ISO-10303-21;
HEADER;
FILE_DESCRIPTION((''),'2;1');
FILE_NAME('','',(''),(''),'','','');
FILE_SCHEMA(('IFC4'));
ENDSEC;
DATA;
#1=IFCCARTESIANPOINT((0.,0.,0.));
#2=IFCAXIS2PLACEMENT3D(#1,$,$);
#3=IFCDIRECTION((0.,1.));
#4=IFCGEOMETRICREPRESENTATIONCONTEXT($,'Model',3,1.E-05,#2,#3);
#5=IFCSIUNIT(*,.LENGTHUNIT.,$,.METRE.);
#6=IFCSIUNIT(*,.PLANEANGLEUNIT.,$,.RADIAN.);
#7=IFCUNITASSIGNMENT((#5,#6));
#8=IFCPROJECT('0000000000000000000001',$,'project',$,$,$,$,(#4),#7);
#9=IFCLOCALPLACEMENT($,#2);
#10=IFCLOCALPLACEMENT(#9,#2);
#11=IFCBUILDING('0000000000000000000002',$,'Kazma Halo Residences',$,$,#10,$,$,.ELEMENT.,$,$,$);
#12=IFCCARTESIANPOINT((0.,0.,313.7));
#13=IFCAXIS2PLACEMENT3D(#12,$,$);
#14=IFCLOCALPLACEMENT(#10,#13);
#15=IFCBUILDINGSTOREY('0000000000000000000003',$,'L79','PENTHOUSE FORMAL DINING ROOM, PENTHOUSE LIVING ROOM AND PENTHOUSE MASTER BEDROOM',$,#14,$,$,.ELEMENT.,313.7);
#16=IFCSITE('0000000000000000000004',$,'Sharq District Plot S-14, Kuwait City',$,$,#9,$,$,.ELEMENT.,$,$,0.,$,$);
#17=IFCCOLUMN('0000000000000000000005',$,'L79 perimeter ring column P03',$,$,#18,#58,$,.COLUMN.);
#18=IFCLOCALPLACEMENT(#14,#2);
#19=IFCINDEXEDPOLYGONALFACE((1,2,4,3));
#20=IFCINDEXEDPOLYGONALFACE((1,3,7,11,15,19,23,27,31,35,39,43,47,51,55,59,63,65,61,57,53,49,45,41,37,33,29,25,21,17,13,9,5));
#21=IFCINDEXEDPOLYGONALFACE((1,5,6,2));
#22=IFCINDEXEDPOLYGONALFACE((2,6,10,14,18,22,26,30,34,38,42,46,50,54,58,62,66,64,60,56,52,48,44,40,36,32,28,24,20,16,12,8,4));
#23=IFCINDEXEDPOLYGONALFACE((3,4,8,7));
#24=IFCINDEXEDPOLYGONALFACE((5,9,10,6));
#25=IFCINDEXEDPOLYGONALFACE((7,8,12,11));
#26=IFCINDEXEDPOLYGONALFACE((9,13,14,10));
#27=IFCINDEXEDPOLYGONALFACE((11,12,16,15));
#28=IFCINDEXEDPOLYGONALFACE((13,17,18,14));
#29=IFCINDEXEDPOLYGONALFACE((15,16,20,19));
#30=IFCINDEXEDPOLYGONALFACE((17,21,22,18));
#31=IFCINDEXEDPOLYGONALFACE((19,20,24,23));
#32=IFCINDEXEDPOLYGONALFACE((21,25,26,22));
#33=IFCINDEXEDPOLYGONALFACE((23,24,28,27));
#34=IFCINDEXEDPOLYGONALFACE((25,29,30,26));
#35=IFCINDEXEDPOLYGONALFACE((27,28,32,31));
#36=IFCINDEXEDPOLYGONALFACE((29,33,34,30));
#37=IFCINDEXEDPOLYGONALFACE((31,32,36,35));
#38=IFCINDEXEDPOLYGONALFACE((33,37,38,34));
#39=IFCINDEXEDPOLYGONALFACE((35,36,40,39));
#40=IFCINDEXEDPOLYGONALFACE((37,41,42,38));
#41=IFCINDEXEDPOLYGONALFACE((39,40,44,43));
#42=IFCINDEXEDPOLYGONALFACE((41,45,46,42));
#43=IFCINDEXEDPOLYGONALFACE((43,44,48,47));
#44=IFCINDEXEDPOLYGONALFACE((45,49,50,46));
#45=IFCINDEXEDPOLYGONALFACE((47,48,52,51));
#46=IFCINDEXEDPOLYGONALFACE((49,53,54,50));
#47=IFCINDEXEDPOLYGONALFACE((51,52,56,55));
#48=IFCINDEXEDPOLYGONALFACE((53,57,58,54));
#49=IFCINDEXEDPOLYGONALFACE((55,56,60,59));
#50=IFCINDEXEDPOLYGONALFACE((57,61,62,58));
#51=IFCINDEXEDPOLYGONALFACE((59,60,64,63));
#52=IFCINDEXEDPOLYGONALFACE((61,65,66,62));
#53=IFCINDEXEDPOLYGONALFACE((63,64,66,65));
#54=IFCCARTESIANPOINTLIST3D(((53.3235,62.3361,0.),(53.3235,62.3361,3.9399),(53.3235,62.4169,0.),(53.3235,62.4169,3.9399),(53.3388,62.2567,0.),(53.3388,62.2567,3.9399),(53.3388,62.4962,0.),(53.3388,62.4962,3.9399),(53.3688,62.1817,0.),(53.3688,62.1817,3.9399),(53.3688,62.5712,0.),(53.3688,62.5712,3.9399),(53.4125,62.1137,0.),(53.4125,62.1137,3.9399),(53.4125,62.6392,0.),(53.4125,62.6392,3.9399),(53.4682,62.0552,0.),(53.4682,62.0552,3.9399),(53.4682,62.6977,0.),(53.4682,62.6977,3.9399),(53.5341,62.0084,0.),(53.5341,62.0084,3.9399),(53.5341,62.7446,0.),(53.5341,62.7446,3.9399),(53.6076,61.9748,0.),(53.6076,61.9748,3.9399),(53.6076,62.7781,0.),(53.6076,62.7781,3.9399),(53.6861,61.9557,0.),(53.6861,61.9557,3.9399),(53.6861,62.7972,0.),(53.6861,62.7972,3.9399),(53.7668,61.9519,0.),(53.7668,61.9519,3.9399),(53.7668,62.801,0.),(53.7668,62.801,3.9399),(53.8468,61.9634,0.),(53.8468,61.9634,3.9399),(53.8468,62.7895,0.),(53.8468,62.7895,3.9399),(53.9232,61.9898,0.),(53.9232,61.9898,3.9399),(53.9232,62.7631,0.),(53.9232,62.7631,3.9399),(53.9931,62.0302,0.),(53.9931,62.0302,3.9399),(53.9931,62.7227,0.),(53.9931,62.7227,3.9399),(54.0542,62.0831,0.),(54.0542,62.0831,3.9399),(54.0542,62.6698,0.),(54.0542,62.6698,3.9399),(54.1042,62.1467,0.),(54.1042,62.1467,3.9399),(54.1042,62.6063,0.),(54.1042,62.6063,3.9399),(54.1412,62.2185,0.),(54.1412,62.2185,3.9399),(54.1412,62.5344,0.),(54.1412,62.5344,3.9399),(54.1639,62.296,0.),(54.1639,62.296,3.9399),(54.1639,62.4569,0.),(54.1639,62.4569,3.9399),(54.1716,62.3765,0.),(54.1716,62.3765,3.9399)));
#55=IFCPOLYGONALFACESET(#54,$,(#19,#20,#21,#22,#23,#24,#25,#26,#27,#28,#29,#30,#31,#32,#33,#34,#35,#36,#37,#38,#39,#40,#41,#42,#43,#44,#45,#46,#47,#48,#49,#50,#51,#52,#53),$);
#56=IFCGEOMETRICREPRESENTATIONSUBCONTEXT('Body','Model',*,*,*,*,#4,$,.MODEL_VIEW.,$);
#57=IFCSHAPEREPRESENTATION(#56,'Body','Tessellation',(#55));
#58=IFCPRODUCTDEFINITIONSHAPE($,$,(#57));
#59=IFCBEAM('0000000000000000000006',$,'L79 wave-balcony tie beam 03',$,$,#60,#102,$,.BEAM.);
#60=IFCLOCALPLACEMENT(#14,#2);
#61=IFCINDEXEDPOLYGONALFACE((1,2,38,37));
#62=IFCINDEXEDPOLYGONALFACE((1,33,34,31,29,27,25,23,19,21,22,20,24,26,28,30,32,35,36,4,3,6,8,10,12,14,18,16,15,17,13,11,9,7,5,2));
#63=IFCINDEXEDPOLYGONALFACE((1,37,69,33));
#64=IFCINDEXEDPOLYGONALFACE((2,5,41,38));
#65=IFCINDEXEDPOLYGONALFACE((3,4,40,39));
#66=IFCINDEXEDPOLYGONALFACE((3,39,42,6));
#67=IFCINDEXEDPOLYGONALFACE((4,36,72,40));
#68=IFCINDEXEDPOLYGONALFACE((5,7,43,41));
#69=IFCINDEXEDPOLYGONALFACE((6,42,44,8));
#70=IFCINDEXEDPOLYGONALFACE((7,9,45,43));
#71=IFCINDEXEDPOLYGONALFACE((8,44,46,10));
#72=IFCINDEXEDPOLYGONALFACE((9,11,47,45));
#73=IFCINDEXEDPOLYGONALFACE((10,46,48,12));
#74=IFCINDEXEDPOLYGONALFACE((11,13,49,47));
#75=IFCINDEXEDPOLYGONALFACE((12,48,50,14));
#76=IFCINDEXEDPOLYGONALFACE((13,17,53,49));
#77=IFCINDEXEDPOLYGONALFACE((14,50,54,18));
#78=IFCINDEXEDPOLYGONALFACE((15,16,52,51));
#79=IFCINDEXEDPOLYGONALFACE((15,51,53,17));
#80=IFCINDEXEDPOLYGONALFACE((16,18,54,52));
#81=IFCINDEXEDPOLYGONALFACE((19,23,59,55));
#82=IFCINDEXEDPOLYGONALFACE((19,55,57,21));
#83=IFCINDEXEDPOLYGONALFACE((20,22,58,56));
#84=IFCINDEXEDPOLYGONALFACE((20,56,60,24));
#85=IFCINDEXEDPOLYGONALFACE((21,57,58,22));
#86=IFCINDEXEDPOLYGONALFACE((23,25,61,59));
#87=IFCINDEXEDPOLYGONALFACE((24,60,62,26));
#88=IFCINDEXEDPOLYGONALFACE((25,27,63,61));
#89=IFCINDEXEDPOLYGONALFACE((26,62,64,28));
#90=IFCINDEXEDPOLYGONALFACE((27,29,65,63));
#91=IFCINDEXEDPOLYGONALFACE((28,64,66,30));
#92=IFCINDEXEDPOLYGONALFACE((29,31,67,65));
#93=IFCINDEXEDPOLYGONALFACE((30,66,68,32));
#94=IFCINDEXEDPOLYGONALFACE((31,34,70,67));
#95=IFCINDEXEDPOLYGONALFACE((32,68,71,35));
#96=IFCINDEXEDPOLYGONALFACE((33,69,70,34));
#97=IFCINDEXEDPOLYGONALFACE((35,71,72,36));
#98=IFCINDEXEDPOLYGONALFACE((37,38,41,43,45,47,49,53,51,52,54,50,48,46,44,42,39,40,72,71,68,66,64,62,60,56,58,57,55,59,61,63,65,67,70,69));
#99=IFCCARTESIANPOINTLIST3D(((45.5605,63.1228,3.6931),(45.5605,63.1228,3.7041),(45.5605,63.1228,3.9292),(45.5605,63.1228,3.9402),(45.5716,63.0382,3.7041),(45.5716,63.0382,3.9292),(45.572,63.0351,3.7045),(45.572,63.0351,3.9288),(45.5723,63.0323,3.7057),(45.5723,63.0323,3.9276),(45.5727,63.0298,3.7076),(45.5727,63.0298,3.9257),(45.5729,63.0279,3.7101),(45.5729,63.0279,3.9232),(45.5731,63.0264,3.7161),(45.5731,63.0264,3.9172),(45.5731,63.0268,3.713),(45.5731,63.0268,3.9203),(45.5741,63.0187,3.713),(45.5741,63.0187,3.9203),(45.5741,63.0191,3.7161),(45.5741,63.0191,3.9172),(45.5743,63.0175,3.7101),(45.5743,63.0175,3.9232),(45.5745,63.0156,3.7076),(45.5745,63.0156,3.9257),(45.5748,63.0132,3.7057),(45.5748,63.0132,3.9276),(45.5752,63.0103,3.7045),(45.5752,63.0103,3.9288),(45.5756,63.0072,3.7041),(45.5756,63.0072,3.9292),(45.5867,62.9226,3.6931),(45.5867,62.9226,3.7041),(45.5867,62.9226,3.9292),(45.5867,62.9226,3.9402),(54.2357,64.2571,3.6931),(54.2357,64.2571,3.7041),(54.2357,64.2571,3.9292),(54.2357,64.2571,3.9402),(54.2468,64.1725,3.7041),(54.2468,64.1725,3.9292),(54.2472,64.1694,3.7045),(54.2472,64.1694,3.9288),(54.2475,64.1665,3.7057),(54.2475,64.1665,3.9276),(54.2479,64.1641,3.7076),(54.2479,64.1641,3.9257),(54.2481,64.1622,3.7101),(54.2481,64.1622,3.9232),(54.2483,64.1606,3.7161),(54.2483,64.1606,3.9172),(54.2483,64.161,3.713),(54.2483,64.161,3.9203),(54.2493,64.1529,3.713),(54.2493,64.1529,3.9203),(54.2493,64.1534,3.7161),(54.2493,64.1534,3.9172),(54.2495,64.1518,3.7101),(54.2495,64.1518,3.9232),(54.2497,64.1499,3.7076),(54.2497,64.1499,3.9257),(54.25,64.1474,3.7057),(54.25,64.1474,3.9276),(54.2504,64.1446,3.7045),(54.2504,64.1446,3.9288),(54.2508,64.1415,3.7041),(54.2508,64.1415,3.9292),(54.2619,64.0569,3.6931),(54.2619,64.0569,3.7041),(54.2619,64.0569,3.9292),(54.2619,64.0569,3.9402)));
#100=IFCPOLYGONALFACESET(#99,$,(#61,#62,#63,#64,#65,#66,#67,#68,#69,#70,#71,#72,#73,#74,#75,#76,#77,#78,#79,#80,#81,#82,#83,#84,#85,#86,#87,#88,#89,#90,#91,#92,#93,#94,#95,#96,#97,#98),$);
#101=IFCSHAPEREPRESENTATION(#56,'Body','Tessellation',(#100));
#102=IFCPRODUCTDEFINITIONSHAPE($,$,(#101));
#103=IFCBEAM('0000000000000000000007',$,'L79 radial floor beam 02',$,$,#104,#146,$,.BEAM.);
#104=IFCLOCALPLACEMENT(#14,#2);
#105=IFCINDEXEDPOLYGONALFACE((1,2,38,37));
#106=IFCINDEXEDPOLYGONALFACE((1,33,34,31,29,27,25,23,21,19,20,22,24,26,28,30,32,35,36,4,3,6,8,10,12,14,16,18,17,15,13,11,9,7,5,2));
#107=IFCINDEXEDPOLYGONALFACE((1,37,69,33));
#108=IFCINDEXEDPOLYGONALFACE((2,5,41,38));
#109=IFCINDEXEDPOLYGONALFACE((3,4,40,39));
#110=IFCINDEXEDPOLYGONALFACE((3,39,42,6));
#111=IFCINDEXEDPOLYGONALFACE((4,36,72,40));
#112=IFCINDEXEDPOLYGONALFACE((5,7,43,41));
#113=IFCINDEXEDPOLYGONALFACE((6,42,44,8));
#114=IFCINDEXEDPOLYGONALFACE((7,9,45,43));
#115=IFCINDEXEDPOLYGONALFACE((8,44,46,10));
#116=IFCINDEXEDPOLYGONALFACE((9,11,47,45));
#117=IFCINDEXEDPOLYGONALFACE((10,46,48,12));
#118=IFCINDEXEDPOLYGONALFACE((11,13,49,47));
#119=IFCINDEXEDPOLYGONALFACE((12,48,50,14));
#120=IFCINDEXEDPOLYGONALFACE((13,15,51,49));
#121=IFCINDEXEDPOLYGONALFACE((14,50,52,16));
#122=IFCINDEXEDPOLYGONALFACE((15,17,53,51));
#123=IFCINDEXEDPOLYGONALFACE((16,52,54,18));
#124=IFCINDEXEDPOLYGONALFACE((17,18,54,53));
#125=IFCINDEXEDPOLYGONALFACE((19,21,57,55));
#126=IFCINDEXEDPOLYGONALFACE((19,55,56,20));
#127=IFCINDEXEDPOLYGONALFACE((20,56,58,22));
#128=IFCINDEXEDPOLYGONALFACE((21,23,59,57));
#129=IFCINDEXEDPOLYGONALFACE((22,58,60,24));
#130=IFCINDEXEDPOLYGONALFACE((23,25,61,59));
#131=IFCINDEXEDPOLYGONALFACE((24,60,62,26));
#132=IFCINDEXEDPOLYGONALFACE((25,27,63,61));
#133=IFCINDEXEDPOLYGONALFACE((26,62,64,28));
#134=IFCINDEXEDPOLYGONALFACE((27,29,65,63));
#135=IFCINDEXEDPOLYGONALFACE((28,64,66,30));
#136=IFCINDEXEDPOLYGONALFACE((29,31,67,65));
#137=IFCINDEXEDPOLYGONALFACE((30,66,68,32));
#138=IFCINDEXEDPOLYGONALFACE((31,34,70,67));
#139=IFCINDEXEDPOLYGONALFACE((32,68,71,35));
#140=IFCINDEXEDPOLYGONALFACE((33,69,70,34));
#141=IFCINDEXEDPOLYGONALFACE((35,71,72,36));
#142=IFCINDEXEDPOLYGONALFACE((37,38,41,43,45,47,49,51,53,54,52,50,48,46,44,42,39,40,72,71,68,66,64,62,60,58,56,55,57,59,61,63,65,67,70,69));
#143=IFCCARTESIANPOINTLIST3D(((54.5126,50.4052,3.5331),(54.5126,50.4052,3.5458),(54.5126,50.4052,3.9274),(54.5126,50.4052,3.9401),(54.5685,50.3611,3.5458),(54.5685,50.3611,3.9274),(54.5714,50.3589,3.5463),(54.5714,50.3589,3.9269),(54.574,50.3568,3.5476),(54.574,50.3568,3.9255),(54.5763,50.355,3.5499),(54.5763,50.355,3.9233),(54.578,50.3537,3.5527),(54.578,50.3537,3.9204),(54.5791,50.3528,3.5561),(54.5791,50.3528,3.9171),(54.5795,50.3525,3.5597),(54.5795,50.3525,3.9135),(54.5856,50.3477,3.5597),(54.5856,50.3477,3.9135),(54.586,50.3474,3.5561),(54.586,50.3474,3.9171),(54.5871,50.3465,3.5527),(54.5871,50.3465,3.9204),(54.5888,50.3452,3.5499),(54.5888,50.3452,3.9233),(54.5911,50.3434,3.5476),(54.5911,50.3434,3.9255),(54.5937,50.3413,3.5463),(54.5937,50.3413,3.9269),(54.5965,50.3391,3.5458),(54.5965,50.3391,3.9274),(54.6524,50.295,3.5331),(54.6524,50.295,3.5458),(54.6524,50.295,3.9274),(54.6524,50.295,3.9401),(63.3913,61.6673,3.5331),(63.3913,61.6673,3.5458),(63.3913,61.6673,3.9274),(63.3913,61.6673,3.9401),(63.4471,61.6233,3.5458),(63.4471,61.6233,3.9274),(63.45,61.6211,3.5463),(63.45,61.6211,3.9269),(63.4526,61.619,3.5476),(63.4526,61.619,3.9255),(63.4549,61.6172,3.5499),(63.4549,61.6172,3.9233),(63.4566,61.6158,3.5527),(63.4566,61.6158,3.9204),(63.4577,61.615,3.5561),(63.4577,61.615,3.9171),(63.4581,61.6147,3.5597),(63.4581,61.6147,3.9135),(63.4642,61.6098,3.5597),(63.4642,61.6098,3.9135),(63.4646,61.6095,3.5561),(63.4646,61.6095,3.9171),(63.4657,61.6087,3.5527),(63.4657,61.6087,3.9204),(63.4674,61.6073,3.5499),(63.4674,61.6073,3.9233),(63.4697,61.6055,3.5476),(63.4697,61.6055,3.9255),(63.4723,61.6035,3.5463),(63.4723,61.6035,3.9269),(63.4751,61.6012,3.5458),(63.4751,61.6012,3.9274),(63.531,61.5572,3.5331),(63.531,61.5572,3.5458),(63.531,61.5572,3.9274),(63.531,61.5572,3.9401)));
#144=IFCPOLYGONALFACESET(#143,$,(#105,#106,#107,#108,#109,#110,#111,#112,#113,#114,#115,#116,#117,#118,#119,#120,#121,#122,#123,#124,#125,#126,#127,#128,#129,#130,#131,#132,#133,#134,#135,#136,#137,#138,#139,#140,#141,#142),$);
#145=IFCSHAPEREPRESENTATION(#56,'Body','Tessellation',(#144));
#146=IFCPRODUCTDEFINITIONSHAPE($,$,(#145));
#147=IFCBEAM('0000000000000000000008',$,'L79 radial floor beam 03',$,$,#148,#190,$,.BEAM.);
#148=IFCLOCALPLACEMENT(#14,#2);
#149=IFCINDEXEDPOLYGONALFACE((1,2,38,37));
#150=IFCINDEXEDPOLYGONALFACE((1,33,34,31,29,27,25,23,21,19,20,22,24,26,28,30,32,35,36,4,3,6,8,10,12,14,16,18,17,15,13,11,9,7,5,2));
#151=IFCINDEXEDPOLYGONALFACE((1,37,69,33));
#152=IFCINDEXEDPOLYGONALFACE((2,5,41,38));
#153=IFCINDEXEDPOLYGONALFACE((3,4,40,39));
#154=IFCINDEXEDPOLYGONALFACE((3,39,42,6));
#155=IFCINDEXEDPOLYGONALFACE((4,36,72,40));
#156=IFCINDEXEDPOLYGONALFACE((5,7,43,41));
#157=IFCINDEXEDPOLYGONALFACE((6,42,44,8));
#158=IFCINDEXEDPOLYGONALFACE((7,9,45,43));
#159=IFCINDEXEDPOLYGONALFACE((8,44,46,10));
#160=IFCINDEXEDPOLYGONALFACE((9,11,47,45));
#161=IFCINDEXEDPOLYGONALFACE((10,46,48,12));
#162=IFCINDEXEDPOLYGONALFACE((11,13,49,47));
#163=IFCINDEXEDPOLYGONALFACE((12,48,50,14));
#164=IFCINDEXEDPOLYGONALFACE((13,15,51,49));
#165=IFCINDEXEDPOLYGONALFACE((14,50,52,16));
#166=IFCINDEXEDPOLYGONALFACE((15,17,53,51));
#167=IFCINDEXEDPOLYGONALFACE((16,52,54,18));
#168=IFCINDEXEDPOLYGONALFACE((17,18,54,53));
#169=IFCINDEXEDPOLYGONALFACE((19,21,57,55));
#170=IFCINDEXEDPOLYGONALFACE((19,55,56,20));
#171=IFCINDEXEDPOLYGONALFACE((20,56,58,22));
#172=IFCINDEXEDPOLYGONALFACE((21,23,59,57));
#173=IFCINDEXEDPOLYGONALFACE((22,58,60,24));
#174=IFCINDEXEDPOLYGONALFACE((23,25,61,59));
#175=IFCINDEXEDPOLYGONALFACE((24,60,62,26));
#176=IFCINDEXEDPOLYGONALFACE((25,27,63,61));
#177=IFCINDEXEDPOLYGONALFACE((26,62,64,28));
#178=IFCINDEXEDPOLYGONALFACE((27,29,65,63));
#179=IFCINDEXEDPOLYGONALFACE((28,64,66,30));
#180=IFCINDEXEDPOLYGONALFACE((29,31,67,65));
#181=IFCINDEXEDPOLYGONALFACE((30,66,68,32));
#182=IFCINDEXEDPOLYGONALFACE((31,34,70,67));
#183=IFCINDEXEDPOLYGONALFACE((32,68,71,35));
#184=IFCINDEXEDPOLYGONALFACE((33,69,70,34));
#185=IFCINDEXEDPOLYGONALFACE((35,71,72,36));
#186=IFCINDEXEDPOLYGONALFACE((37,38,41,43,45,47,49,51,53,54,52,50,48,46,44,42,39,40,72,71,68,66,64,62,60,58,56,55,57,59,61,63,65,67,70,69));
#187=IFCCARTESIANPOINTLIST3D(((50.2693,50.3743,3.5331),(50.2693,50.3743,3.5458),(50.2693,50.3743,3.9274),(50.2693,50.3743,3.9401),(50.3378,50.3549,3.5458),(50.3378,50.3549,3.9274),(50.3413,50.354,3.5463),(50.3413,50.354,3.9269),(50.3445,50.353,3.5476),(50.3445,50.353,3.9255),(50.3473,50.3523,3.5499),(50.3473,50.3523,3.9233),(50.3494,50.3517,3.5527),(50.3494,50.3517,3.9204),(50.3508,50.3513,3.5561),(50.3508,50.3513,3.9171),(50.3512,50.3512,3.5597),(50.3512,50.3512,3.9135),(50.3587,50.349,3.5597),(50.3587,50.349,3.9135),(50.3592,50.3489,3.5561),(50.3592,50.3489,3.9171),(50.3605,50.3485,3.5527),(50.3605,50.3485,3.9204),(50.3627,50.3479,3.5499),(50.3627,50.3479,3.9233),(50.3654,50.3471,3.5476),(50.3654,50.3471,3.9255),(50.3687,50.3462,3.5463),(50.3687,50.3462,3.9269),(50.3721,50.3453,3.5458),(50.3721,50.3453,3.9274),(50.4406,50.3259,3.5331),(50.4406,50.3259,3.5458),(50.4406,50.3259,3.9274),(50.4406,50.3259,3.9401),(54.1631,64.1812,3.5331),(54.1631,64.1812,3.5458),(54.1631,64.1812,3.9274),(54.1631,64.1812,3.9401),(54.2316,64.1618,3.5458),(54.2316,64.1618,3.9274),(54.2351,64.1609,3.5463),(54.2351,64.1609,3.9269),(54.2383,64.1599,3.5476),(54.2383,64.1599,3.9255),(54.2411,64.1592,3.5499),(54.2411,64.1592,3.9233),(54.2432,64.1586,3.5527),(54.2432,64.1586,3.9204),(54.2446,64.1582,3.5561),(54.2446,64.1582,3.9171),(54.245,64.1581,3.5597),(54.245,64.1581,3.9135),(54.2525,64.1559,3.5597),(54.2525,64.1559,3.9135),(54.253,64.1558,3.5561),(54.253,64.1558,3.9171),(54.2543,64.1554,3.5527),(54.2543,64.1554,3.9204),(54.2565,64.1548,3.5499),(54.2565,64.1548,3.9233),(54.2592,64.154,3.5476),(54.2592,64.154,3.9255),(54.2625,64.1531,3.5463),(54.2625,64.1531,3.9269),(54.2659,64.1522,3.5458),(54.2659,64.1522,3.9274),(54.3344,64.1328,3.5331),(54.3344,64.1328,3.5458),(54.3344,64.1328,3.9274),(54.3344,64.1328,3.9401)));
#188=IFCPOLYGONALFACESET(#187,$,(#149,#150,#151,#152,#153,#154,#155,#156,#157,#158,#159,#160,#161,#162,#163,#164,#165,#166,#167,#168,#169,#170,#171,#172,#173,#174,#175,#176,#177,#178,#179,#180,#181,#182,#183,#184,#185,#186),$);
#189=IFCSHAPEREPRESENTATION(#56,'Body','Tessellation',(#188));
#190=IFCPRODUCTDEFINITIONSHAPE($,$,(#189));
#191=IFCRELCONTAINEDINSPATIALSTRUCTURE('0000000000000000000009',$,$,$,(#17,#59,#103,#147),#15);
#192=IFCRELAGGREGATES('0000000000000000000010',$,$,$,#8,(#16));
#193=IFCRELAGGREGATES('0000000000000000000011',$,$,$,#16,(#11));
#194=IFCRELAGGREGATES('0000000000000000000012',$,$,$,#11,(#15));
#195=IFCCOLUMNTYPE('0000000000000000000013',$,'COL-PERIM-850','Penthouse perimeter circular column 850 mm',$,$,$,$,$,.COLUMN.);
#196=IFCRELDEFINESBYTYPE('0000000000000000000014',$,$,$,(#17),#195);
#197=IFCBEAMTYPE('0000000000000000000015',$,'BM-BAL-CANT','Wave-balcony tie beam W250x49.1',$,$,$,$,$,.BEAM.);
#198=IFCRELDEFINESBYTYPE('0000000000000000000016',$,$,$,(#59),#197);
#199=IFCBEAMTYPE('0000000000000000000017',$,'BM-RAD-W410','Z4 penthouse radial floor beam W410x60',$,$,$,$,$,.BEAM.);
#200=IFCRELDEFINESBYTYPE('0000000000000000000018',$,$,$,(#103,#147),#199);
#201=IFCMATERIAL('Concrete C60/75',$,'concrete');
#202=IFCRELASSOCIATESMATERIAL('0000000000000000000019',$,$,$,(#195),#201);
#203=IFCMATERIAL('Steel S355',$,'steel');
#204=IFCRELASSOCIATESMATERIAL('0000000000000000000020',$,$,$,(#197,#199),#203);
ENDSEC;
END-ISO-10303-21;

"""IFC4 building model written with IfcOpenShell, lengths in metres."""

from ifc_helpers import new_model, si_unit, direction, frame, origin, origin_2d, place, context, subcontext, project, spatial, circle, i_section, extrude, material, material_profile, profile_set, type_object, element, save


model = new_model("IFC4")

# Units and contexts
model_context = context("Model", 3, precision=1e-05, world=origin(), true_north=direction((0.0, 1.0)))
body_context = subcontext(model_context, "Body", "Model", "MODEL_VIEW")
ifc_project = project(units=[si_unit("LENGTHUNIT", "METRE"), si_unit("PLANEANGLEUNIT", "RADIAN")], contexts=[model_context])

# Site, building, storey
site_placement = place(None, origin())
site = spatial("IfcSite", under=ifc_project, at=site_placement, Name="Sharq District Plot S-14, Kuwait City", CompositionType="ELEMENT", RefElevation=0.0)
building_placement = place(site_placement, origin())
building = spatial("IfcBuilding", under=site, at=building_placement, Name="Kazma Halo Residences", CompositionType="ELEMENT")
storey_placement = place(building_placement, frame((0.0, 0.0, 313.7)))
storey = spatial("IfcBuildingStorey", under=building, at=storey_placement, Name="L79", Description="PENTHOUSE FORMAL DINING ROOM, PENTHOUSE LIVING ROOM AND PENTHOUSE MASTER BEDROOM", CompositionType="ELEMENT", Elevation=313.7)

# Column
ifc_material_1 = material(Name="Concrete C60/75", Category="concrete")
ifc_material_profile_1 = material_profile(ifc_material_1, circle(Radius=0.425, at=origin_2d()), Name="CIRC850")
ifc_profile_set_1 = profile_set([ifc_material_profile_1], Name="Concrete C60/75")
column_type = type_object("IfcColumnType", Name="COL-PERIM-850", Description="Penthouse perimeter circular column 850 mm", PredefinedType="COLUMN", material=ifc_profile_set_1)
column_placement = place(storey_placement, frame((53.7466, 62.3765, 0.0), z_axis=(0.0, 0.0, 1.0), x_axis=(1.0, 0.0, 0.0)))
element("IfcColumn", 1, at=column_placement, inside=storey, type_object=column_type, Name="L79 perimeter ring column P03", PredefinedType="COLUMN", context=body_context, shape_type="SweptSolid", body=[
    extrude(circle(Radius=0.425, at=origin_2d()), origin(), (0.0, 0.0, 1.0), 3.9399),
])

# Beams
ifc_material_2 = material(Name="Steel S355", Category="steel")
ifc_material_profile_2 = material_profile(ifc_material_2, i_section(OverallWidth=0.2019, OverallDepth=0.2471, WebThickness=0.0073, FlangeThickness=0.011, FilletRadius=0.012, at=origin_2d()), Name="W250x49.1")
ifc_profile_set_2 = profile_set([ifc_material_profile_2], Name="Steel S355")
beam_type_1 = type_object("IfcBeamType", Name="BM-BAL-CANT", Description="Wave-balcony tie beam W250x49.1", PredefinedType="BEAM", material=ifc_profile_set_2)
beam_1_placement = place(storey_placement, frame((54.2488, 64.157, 3.8167), z_axis=(-0.991561, -0.129645, 0.0), x_axis=(0.129645, -0.991561, 0.0)))
element("IfcBeam", 2, at=beam_1_placement, inside=storey, type_object=beam_type_1, Name="L79 wave-balcony tie beam 03", PredefinedType="BEAM", context=body_context, shape_type="SweptSolid", body=[
    extrude(i_section(OverallWidth=0.2019, OverallDepth=0.2471, WebThickness=0.0073, FlangeThickness=0.011, FilletRadius=0.012, at=origin_2d()), origin(), (0.0, 0.0, 1.0), 8.749),
])
ifc_material_profile_3 = material_profile(ifc_material_2, i_section(OverallWidth=0.178, OverallDepth=0.407, WebThickness=0.0078, FlangeThickness=0.0127, FilletRadius=0.0139, at=origin_2d()), Name="W410x60")
ifc_profile_set_3 = profile_set([ifc_material_profile_3], Name="Steel S355")
beam_type_2 = type_object("IfcBeamType", Name="BM-RAD-W410", Description="Z4 penthouse radial floor beam W410x60", PredefinedType="BEAM", material=ifc_profile_set_3)
beam_2_placement = place(storey_placement, frame((54.5825, 50.3501, 3.7366), z_axis=(0.619105, 0.785308, 0.0), x_axis=(-0.785308, 0.619105, 0.0)))
element("IfcBeam", 3, at=beam_2_placement, inside=storey, type_object=beam_type_2, Name="L79 radial floor beam 02", PredefinedType="BEAM", context=body_context, shape_type="SweptSolid", body=[
    extrude(i_section(OverallWidth=0.178, OverallDepth=0.407, WebThickness=0.0078, FlangeThickness=0.0127, FilletRadius=0.0139, at=origin_2d()), origin(), (0.0, 0.0, 1.0), 14.3411),
])
beam_3_placement = place(storey_placement, frame((50.355, 50.3501, 3.7366), z_axis=(0.271431, 0.962458, 0.0), x_axis=(-0.962458, 0.271431, 0.0)))
element("IfcBeam", 4, at=beam_3_placement, inside=storey, type_object=beam_type_2, Name="L79 radial floor beam 03", PredefinedType="BEAM", context=body_context, shape_type="SweptSolid", body=[
    extrude(i_section(OverallWidth=0.178, OverallDepth=0.407, WebThickness=0.0078, FlangeThickness=0.0127, FilletRadius=0.0139, at=origin_2d()), origin(), (0.0, 0.0, 1.0), 14.3455),
])

save(model, "model.ifc")
